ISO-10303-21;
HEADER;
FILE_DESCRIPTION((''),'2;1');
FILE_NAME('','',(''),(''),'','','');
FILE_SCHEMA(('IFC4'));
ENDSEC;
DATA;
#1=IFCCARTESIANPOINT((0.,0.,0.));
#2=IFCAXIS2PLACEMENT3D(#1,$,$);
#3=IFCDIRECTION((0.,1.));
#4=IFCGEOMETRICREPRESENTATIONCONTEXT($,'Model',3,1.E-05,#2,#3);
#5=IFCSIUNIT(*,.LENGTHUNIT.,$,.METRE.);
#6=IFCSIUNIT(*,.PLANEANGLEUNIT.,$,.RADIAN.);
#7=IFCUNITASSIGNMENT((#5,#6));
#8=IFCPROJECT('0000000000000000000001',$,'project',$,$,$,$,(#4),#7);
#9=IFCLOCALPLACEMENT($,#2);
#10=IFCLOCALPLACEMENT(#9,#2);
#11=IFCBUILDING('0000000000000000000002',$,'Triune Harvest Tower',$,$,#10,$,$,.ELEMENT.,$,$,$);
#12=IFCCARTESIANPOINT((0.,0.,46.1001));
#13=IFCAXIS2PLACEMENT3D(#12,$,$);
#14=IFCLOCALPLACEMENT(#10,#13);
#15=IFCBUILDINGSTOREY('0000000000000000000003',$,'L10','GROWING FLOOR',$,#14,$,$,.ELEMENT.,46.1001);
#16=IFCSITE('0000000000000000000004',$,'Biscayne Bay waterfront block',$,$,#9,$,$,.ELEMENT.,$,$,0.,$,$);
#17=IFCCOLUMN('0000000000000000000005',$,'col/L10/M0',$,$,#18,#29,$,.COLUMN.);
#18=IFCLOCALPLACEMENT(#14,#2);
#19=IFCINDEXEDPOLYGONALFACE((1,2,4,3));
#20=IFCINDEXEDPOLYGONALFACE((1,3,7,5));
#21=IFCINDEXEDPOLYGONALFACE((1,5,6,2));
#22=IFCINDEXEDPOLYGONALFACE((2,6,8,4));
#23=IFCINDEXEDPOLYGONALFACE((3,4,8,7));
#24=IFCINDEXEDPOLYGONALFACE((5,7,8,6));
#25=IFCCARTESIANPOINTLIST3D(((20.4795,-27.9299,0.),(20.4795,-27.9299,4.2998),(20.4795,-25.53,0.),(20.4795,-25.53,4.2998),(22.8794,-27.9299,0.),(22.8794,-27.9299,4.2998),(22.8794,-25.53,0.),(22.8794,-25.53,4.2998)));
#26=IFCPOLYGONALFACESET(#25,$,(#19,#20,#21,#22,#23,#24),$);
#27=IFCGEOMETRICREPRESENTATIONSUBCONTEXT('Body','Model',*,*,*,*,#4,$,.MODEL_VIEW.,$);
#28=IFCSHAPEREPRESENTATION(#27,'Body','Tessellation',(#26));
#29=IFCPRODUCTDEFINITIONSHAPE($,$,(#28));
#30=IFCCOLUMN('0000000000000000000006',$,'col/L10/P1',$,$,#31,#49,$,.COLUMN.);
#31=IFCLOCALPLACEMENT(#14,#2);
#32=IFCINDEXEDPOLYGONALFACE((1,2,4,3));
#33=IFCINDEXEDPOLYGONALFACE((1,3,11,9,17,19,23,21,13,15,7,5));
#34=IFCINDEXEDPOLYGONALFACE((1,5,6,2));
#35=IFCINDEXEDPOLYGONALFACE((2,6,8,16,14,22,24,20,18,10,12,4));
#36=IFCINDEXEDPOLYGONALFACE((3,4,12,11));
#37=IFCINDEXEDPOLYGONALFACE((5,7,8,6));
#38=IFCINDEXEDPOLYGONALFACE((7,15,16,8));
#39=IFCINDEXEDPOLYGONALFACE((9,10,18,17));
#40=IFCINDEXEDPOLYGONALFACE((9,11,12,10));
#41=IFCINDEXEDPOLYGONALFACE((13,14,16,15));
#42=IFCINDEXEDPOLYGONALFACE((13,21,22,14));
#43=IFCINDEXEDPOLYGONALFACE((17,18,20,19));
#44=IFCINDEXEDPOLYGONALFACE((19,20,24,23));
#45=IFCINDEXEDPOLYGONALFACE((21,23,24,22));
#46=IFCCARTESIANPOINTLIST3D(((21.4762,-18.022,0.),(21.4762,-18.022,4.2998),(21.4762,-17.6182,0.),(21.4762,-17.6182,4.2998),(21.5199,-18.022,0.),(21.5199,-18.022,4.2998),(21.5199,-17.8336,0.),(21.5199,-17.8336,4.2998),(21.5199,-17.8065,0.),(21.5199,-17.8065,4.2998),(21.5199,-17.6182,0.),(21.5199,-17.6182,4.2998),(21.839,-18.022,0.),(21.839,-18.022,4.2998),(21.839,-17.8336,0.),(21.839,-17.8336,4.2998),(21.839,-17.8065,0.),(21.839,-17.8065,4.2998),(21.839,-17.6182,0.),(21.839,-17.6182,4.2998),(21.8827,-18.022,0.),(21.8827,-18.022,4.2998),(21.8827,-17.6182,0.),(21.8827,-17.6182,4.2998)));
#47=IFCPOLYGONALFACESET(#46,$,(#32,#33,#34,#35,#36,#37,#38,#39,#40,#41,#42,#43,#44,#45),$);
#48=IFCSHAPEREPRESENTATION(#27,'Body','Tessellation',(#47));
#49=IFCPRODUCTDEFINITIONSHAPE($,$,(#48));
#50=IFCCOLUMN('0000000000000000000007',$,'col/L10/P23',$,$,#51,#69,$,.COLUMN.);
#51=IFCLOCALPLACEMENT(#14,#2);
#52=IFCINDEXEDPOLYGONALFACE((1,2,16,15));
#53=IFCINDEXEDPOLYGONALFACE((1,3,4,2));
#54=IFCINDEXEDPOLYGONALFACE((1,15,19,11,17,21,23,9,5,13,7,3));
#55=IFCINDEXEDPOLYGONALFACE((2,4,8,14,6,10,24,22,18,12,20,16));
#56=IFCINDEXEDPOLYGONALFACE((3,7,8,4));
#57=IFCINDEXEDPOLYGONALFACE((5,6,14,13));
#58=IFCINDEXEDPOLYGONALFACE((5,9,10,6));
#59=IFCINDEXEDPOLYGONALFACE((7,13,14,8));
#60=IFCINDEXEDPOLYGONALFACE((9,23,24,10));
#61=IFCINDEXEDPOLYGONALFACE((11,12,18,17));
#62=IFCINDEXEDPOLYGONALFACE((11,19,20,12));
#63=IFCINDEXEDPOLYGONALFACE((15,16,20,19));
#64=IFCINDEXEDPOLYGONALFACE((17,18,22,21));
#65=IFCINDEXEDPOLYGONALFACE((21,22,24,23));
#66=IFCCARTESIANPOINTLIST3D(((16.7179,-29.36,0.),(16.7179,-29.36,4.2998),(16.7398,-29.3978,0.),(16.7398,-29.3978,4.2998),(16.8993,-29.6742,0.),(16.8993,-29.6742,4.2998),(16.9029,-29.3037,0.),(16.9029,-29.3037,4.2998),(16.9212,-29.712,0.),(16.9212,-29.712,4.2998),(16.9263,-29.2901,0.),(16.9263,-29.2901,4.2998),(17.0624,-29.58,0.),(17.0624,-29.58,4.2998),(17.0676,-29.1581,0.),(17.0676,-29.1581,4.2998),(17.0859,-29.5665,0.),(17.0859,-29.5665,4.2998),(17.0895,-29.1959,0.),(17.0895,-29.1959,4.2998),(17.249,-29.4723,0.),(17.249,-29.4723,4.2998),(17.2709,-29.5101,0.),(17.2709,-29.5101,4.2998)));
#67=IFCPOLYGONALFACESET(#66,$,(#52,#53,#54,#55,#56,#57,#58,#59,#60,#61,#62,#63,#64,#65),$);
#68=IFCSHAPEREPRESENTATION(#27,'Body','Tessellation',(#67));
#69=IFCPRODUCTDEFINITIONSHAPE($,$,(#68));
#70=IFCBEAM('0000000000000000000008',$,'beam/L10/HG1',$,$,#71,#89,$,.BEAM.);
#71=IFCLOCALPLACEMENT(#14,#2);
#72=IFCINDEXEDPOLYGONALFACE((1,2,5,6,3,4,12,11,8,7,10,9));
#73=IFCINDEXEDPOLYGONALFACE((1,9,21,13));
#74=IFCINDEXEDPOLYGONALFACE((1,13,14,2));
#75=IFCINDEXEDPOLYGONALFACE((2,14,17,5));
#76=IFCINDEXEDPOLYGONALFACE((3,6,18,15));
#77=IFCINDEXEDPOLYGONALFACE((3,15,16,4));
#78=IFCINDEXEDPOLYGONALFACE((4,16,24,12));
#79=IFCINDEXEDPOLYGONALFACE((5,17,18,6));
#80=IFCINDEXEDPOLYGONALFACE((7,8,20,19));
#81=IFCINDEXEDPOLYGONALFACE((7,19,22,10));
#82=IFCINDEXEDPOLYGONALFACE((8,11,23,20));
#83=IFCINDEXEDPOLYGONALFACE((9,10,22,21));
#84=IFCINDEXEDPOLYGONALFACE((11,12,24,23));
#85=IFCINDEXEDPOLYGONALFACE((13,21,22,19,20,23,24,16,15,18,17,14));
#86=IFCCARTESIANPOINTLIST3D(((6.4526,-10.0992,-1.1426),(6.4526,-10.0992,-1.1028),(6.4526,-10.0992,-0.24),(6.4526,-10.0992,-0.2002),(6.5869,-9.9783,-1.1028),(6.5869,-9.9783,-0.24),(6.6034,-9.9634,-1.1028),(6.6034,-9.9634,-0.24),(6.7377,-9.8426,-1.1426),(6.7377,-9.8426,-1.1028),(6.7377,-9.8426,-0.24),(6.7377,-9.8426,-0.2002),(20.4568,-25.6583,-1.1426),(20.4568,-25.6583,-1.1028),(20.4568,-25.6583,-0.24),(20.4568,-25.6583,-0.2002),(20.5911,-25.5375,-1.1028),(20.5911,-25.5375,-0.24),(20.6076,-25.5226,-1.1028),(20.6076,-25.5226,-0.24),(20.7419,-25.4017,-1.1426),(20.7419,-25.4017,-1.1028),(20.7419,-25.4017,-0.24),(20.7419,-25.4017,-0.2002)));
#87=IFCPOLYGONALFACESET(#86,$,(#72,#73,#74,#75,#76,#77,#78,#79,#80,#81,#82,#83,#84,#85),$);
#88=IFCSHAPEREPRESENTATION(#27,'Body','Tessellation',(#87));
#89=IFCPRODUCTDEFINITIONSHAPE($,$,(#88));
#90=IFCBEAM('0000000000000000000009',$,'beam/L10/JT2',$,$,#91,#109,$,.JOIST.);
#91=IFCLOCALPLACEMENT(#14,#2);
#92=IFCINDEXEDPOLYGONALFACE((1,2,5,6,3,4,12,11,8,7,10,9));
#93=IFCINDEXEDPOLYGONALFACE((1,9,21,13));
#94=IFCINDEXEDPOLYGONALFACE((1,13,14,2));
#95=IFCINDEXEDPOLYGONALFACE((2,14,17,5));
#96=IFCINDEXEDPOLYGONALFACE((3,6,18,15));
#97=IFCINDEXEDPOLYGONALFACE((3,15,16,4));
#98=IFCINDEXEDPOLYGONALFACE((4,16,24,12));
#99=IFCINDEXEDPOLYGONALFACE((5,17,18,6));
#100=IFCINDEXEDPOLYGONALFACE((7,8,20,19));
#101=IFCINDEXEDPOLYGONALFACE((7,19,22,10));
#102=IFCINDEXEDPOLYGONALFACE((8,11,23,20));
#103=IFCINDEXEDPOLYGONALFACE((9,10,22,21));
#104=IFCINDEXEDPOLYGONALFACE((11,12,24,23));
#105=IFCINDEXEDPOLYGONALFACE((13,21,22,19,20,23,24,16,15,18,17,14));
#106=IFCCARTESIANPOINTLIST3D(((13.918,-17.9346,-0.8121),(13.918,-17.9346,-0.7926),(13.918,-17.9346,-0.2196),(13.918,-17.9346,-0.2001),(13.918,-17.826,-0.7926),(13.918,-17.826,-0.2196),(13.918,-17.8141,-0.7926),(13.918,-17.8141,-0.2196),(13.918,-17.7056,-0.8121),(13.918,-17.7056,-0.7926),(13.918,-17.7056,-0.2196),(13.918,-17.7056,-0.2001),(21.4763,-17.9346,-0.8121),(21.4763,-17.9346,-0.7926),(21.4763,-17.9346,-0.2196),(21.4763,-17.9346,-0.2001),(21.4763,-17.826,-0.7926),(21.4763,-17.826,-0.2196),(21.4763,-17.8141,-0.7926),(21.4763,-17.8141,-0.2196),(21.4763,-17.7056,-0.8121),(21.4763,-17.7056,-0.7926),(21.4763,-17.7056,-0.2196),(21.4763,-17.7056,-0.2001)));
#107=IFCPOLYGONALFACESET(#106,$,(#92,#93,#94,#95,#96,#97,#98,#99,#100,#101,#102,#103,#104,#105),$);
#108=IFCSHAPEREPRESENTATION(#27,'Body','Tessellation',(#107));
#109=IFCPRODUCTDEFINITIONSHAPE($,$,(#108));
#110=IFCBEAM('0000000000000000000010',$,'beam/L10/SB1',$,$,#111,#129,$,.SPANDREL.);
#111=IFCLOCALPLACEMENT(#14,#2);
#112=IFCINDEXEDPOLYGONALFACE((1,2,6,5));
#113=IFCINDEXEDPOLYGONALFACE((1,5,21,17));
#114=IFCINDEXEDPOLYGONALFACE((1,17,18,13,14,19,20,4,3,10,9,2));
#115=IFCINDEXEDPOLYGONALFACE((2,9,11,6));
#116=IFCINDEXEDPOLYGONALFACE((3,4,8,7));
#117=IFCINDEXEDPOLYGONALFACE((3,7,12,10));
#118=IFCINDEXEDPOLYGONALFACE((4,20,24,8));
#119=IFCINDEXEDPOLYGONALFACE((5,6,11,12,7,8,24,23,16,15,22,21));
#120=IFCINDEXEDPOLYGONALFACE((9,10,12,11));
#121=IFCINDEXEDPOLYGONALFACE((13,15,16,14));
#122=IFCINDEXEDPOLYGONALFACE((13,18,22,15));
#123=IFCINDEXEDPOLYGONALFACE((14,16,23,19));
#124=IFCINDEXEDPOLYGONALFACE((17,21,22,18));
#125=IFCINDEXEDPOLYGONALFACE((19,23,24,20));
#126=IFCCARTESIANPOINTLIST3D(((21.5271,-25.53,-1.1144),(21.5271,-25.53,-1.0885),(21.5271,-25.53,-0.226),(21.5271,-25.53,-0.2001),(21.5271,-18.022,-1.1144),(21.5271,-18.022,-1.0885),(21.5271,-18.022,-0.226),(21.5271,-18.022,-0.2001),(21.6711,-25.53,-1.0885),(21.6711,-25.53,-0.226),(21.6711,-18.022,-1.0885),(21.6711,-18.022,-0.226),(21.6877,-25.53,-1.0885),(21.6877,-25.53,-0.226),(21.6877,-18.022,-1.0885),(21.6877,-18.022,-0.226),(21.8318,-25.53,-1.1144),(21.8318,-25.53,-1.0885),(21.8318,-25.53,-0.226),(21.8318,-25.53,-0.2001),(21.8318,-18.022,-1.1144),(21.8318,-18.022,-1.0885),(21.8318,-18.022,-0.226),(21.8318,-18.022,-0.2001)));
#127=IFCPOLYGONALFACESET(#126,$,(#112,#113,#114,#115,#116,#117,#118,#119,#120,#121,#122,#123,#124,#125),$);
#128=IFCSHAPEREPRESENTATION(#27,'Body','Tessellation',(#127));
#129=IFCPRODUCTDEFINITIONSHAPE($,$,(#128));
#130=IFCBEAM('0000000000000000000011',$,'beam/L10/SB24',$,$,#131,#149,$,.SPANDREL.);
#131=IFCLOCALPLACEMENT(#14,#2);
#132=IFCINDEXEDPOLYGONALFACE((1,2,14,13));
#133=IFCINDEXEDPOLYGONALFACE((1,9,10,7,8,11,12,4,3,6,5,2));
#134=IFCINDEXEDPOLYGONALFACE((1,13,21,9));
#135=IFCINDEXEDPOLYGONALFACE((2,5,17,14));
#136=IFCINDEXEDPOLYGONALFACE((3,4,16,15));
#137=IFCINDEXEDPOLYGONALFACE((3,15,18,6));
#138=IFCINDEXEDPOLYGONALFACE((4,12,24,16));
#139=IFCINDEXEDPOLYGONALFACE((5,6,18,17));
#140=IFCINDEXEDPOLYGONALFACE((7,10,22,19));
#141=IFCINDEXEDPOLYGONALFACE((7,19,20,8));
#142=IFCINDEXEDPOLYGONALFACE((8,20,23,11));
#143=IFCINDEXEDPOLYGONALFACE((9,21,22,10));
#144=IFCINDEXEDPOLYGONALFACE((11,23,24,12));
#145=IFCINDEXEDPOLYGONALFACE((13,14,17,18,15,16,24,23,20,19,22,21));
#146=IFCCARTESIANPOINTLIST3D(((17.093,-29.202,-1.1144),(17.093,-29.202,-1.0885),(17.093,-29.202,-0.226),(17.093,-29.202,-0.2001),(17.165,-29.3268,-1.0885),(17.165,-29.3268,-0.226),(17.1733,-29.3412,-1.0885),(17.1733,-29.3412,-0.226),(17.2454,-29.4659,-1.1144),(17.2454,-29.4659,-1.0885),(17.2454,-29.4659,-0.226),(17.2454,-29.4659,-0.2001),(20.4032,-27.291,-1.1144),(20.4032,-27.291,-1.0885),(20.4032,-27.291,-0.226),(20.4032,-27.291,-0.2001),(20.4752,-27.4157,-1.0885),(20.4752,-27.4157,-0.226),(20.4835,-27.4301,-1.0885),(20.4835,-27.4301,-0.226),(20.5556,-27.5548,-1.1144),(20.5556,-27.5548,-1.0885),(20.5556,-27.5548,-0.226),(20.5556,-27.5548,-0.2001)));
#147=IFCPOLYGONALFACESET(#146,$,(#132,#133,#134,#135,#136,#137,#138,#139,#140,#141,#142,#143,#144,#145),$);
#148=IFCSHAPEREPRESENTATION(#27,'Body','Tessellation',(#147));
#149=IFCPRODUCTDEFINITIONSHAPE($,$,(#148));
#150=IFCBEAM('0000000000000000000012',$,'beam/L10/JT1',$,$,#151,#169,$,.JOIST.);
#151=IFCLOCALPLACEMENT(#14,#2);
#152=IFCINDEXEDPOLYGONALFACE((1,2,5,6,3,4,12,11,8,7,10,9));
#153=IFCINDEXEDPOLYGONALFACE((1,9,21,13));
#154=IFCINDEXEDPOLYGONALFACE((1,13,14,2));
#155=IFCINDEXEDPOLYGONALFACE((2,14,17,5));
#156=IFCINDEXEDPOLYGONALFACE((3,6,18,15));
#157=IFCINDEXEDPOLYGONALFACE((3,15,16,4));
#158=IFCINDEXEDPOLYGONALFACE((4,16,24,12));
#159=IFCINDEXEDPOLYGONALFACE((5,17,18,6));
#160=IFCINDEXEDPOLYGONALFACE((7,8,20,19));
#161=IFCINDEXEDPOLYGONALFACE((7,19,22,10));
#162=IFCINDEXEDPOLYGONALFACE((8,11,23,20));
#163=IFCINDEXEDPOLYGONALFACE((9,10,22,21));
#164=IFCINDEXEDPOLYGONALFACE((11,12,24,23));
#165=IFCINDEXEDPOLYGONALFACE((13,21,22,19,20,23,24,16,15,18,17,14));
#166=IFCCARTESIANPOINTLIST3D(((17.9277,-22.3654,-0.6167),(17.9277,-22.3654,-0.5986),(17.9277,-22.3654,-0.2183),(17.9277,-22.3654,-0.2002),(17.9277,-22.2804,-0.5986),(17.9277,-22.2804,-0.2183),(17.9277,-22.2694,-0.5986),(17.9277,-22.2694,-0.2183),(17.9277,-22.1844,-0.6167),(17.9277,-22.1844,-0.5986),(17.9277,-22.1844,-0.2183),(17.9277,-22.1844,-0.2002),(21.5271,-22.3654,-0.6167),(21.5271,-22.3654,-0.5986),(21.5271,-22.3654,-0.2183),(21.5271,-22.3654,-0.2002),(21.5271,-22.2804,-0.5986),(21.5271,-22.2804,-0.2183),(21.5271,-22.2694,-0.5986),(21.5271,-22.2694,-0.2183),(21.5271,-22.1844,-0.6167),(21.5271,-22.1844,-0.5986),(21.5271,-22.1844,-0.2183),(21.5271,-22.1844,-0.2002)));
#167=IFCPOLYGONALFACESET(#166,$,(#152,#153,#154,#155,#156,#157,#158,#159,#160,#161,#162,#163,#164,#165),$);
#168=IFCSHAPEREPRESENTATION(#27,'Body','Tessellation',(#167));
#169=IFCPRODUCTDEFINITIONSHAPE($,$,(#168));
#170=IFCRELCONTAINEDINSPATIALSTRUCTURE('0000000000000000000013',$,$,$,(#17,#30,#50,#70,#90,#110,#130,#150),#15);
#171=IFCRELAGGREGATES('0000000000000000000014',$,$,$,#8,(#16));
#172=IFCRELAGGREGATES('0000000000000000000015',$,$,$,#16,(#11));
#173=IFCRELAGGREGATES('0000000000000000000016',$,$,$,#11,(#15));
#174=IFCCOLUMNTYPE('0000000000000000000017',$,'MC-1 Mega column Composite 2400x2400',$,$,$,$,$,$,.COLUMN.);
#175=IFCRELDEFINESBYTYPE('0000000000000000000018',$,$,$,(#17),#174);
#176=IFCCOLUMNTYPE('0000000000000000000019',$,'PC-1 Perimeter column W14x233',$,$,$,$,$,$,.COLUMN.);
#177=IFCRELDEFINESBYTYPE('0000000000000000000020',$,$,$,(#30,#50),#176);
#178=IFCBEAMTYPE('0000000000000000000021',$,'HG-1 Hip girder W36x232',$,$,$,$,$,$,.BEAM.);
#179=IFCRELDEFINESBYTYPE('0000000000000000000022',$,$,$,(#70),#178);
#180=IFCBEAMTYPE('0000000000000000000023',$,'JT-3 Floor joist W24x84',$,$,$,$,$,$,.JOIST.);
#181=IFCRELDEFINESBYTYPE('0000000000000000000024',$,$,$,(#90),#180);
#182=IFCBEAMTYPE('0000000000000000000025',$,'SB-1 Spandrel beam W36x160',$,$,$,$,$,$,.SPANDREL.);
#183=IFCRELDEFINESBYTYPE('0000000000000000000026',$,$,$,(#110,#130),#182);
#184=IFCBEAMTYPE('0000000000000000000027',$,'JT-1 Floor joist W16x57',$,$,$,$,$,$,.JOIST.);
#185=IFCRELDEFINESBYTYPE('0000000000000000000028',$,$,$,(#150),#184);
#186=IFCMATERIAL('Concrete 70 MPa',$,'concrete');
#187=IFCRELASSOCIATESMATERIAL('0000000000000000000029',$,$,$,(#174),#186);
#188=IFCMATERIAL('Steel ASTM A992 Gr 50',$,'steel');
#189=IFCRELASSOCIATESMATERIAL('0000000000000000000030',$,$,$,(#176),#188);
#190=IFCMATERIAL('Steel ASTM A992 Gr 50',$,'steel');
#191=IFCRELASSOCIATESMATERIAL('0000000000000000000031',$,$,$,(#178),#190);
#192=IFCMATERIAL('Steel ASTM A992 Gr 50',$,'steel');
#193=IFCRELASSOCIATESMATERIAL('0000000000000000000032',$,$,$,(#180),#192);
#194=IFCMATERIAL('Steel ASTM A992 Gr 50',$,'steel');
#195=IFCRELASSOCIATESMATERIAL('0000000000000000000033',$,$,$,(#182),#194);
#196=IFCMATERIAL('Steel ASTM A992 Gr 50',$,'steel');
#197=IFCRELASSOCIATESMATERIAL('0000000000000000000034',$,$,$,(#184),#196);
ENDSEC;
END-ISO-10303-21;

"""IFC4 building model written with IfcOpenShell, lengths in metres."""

from ifc_helpers import new_model, si_unit, direction, frame, origin, origin_2d, place, context, subcontext, project, spatial, rectangle, i_section, extrude, source, transform, mapped, material, material_profile, profile_set, type_object, element, save


model = new_model("IFC4")

# Units and contexts
model_context = context("Model", 3, precision=1e-05, world=origin(), true_north=direction((0.0, 1.0)))
body_context = subcontext(model_context, "Body", "Model", "MODEL_VIEW")
ifc_project = project(units=[si_unit("LENGTHUNIT", "METRE"), si_unit("PLANEANGLEUNIT", "RADIAN")], contexts=[model_context])

# Site, building, storey
site_placement = place(None, origin())
site = spatial("IfcSite", under=ifc_project, at=site_placement, Name="Biscayne Bay waterfront block", CompositionType="ELEMENT", RefElevation=0.0)
building_placement = place(site_placement, origin())
building = spatial("IfcBuilding", under=site, at=building_placement, Name="Triune Harvest Tower", CompositionType="ELEMENT")
storey_placement = place(building_placement, frame((0.0, 0.0, 46.1001)))
storey = spatial("IfcBuildingStorey", under=building, at=storey_placement, Name="L10", Description="GROWING FLOOR", CompositionType="ELEMENT", Elevation=46.1001)

# Columns
ifc_material_1 = material(Name="Concrete 70 MPa", Category="concrete")
ifc_material_profile_1 = material_profile(ifc_material_1, rectangle(XDim=2.3999, YDim=2.3999, at=origin_2d()), Name="Composite 2400x2400")
ifc_profile_set_1 = profile_set([ifc_material_profile_1], Name="Concrete 70 MPa")
column_type_1 = type_object("IfcColumnType", Name="MC-1 Mega column Composite 2400x2400", PredefinedType="COLUMN", material=ifc_profile_set_1)
shared_shape_1 = source(origin(), body_context, "Body", "SweptSolid", [
    extrude(rectangle(XDim=2.3999, YDim=2.3999, at=origin_2d()), origin(), (0.0, 0.0, 1.0), 4.2998),
])
column_placement = place(storey_placement, frame((21.6794, -26.73, 0.0), z_axis=(0.0, 0.0, 1.0), x_axis=(0.0, 1.0, 0.0)))
element("IfcColumn", 1, at=column_placement, inside=storey, type_object=column_type_1, Name="col/L10/M0", PredefinedType="COLUMN", context=body_context, shape_type="MappedRepresentation", body=[
    mapped(shared_shape_1, transform((0.0, 0.0, 0.0), scale=1.0)),
])
ifc_material_2 = material(Name="Steel ASTM A992 Gr 50", Category="steel")
ifc_material_profile_2 = material_profile(ifc_material_2, i_section(OverallWidth=0.4038, OverallDepth=0.4065, WebThickness=0.0271, FlangeThickness=0.0437, at=origin_2d()), Name="W14x233")
ifc_profile_set_2 = profile_set([ifc_material_profile_2], Name="Steel ASTM A992 Gr 50")
column_type_2 = type_object("IfcColumnType", Name="PC-1 Perimeter column W14x233", PredefinedType="COLUMN", material=ifc_profile_set_2)
shared_shape_2 = source(origin(), body_context, "Body", "SweptSolid", [
    extrude(i_section(OverallWidth=0.4038, OverallDepth=0.4065, WebThickness=0.0271, FlangeThickness=0.0437, at=origin_2d()), origin(), (0.0, 0.0, 1.0), 4.2998),
])
for number, where, z_axis, x_axis, name in (
    (2, (21.6794, -17.8201, 0.0), (0.0, 0.0, 1.0), (0.0, 1.0, 0.0), "col/L10/P1"),
    (3, (16.9944, -29.4351, 0.0), (0.0, 0.0, 1.0), (0.866026, 0.499998, 0.0), "col/L10/P23"),
):
    element("IfcColumn", number, at=place(storey_placement, frame(where, z_axis=z_axis, x_axis=x_axis)), inside=storey, type_object=column_type_2, Name=name, PredefinedType="COLUMN", context=body_context, shape_type="MappedRepresentation", body=[
        mapped(shared_shape_2, transform((0.0, 0.0, 0.0), scale=1.0)),
    ])

# Beams
ifc_material_3 = material(Name="Steel ASTM A992 Gr 50", Category="steel")
ifc_material_profile_3 = material_profile(ifc_material_3, i_section(OverallWidth=0.3835, OverallDepth=0.9424, WebThickness=0.0222, FlangeThickness=0.0398, at=origin_2d()), Name="W36x232")
ifc_profile_set_3 = profile_set([ifc_material_profile_3], Name="Steel ASTM A992 Gr 50")
beam_type_1 = type_object("IfcBeamType", Name="HG-1 Hip girder W36x232", PredefinedType="BEAM", material=ifc_profile_set_3)
shared_shape_3 = source(origin(), body_context, "Body", "SweptSolid", [
    extrude(i_section(OverallWidth=0.3835, OverallDepth=0.9424, WebThickness=0.0222, FlangeThickness=0.0398, at=origin_2d()), origin(), (0.0, 0.0, 1.0), 20.9333),
])
beam_1_placement = place(storey_placement, frame((20.5994, -25.53, -0.6714), z_axis=(-0.668991, 0.743271, 0.0), x_axis=(-0.743271, -0.668991, 0.0)))
element("IfcBeam", 4, at=beam_1_placement, inside=storey, type_object=beam_type_1, Name="beam/L10/HG1", PredefinedType="BEAM", context=body_context, shape_type="MappedRepresentation", body=[
    mapped(shared_shape_3, transform((0.0, 0.0, 0.0), scale=1.0)),
])
ifc_material_4 = material(Name="Steel ASTM A992 Gr 50", Category="steel")
ifc_material_profile_4 = material_profile(ifc_material_4, i_section(OverallWidth=0.229, OverallDepth=0.6121, WebThickness=0.012, FlangeThickness=0.0195, at=origin_2d()), Name="W24x84")
ifc_profile_set_4 = profile_set([ifc_material_profile_4], Name="Steel ASTM A992 Gr 50")
beam_type_2 = type_object("IfcBeamType", Name="JT-3 Floor joist W24x84", PredefinedType="JOIST", material=ifc_profile_set_4)
shared_shape_4 = source(origin(), body_context, "Body", "SweptSolid", [
    extrude(i_section(OverallWidth=0.229, OverallDepth=0.6121, WebThickness=0.012, FlangeThickness=0.0195, at=origin_2d()), origin(), (0.0, 0.0, 1.0), 7.5583),
])
beam_2_placement = place(storey_placement, frame((21.4763, -17.8201, -0.5061), z_axis=(-1.0, 0.0, 0.0), x_axis=(0.0, -1.0, 0.0)))
element("IfcBeam", 5, at=beam_2_placement, inside=storey, type_object=beam_type_2, Name="beam/L10/JT2", PredefinedType="JOIST", context=body_context, shape_type="MappedRepresentation", body=[
    mapped(shared_shape_4, transform((0.0, 0.0, 0.0), scale=1.0)),
])
ifc_material_5 = material(Name="Steel ASTM A992 Gr 50", Category="steel")
ifc_material_profile_5 = material_profile(ifc_material_5, i_section(OverallWidth=0.3047, OverallDepth=0.9143, WebThickness=0.0166, FlangeThickness=0.0259, at=origin_2d()), Name="W36x160")
ifc_profile_set_5 = profile_set([ifc_material_profile_5], Name="Steel ASTM A992 Gr 50")
beam_type_3 = type_object("IfcBeamType", Name="SB-1 Spandrel beam W36x160", PredefinedType="SPANDREL", material=ifc_profile_set_5)
shared_shape_5 = source(origin(), body_context, "Body", "SweptSolid", [
    extrude(i_section(OverallWidth=0.3047, OverallDepth=0.9143, WebThickness=0.0166, FlangeThickness=0.0259, at=origin_2d()), origin(), (0.0, 0.0, 1.0), 7.5081),
])
beam_3_placement = place(storey_placement, frame((21.6794, -25.53, -0.6572), z_axis=(0.0, 1.0, 0.0), x_axis=(-1.0, 0.0, 0.0)))
element("IfcBeam", 6, at=beam_3_placement, inside=storey, type_object=beam_type_3, Name="beam/L10/SB1", PredefinedType="SPANDREL", context=body_context, shape_type="MappedRepresentation", body=[
    mapped(shared_shape_5, transform((0.0, 0.0, 0.0), scale=1.0)),
])
shared_shape_6 = source(origin(), body_context, "Body", "SweptSolid", [
    extrude(i_section(OverallWidth=0.3047, OverallDepth=0.9143, WebThickness=0.0166, FlangeThickness=0.0259, at=origin_2d()), origin(), (0.0, 0.0, 1.0), 3.8223),
])
beam_4_placement = place(storey_placement, frame((17.1692, -29.334, -0.6572), z_axis=(0.866033, 0.499986, 0.0), x_axis=(-0.499986, 0.866033, 0.0)))
element("IfcBeam", 7, at=beam_4_placement, inside=storey, type_object=beam_type_3, Name="beam/L10/SB24", PredefinedType="SPANDREL", context=body_context, shape_type="MappedRepresentation", body=[
    mapped(shared_shape_6, transform((0.0, 0.0, 0.0), scale=1.0)),
])
ifc_material_6 = material(Name="Steel ASTM A992 Gr 50", Category="steel")
ifc_material_profile_6 = material_profile(ifc_material_6, i_section(OverallWidth=0.1809, OverallDepth=0.4165, WebThickness=0.011, FlangeThickness=0.0181, at=origin_2d()), Name="W16x57")
ifc_profile_set_6 = profile_set([ifc_material_profile_6], Name="Steel ASTM A992 Gr 50")
beam_type_4 = type_object("IfcBeamType", Name="JT-1 Floor joist W16x57", PredefinedType="JOIST", material=ifc_profile_set_6)
shared_shape_7 = source(origin(), body_context, "Body", "SweptSolid", [
    extrude(i_section(OverallWidth=0.1809, OverallDepth=0.4165, WebThickness=0.011, FlangeThickness=0.0181, at=origin_2d()), origin(), (0.0, 0.0, 1.0), 3.5994),
])
beam_5_placement = place(storey_placement, frame((21.5271, -22.2749, -0.4084), z_axis=(-1.0, 0.0, 0.0), x_axis=(0.0, -1.0, 0.0)))
element("IfcBeam", 8, at=beam_5_placement, inside=storey, type_object=beam_type_4, Name="beam/L10/JT1", PredefinedType="JOIST", context=body_context, shape_type="MappedRepresentation", body=[
    mapped(shared_shape_7, transform((0.0, 0.0, 0.0), scale=1.0)),
])

save(model, "model.ifc")
